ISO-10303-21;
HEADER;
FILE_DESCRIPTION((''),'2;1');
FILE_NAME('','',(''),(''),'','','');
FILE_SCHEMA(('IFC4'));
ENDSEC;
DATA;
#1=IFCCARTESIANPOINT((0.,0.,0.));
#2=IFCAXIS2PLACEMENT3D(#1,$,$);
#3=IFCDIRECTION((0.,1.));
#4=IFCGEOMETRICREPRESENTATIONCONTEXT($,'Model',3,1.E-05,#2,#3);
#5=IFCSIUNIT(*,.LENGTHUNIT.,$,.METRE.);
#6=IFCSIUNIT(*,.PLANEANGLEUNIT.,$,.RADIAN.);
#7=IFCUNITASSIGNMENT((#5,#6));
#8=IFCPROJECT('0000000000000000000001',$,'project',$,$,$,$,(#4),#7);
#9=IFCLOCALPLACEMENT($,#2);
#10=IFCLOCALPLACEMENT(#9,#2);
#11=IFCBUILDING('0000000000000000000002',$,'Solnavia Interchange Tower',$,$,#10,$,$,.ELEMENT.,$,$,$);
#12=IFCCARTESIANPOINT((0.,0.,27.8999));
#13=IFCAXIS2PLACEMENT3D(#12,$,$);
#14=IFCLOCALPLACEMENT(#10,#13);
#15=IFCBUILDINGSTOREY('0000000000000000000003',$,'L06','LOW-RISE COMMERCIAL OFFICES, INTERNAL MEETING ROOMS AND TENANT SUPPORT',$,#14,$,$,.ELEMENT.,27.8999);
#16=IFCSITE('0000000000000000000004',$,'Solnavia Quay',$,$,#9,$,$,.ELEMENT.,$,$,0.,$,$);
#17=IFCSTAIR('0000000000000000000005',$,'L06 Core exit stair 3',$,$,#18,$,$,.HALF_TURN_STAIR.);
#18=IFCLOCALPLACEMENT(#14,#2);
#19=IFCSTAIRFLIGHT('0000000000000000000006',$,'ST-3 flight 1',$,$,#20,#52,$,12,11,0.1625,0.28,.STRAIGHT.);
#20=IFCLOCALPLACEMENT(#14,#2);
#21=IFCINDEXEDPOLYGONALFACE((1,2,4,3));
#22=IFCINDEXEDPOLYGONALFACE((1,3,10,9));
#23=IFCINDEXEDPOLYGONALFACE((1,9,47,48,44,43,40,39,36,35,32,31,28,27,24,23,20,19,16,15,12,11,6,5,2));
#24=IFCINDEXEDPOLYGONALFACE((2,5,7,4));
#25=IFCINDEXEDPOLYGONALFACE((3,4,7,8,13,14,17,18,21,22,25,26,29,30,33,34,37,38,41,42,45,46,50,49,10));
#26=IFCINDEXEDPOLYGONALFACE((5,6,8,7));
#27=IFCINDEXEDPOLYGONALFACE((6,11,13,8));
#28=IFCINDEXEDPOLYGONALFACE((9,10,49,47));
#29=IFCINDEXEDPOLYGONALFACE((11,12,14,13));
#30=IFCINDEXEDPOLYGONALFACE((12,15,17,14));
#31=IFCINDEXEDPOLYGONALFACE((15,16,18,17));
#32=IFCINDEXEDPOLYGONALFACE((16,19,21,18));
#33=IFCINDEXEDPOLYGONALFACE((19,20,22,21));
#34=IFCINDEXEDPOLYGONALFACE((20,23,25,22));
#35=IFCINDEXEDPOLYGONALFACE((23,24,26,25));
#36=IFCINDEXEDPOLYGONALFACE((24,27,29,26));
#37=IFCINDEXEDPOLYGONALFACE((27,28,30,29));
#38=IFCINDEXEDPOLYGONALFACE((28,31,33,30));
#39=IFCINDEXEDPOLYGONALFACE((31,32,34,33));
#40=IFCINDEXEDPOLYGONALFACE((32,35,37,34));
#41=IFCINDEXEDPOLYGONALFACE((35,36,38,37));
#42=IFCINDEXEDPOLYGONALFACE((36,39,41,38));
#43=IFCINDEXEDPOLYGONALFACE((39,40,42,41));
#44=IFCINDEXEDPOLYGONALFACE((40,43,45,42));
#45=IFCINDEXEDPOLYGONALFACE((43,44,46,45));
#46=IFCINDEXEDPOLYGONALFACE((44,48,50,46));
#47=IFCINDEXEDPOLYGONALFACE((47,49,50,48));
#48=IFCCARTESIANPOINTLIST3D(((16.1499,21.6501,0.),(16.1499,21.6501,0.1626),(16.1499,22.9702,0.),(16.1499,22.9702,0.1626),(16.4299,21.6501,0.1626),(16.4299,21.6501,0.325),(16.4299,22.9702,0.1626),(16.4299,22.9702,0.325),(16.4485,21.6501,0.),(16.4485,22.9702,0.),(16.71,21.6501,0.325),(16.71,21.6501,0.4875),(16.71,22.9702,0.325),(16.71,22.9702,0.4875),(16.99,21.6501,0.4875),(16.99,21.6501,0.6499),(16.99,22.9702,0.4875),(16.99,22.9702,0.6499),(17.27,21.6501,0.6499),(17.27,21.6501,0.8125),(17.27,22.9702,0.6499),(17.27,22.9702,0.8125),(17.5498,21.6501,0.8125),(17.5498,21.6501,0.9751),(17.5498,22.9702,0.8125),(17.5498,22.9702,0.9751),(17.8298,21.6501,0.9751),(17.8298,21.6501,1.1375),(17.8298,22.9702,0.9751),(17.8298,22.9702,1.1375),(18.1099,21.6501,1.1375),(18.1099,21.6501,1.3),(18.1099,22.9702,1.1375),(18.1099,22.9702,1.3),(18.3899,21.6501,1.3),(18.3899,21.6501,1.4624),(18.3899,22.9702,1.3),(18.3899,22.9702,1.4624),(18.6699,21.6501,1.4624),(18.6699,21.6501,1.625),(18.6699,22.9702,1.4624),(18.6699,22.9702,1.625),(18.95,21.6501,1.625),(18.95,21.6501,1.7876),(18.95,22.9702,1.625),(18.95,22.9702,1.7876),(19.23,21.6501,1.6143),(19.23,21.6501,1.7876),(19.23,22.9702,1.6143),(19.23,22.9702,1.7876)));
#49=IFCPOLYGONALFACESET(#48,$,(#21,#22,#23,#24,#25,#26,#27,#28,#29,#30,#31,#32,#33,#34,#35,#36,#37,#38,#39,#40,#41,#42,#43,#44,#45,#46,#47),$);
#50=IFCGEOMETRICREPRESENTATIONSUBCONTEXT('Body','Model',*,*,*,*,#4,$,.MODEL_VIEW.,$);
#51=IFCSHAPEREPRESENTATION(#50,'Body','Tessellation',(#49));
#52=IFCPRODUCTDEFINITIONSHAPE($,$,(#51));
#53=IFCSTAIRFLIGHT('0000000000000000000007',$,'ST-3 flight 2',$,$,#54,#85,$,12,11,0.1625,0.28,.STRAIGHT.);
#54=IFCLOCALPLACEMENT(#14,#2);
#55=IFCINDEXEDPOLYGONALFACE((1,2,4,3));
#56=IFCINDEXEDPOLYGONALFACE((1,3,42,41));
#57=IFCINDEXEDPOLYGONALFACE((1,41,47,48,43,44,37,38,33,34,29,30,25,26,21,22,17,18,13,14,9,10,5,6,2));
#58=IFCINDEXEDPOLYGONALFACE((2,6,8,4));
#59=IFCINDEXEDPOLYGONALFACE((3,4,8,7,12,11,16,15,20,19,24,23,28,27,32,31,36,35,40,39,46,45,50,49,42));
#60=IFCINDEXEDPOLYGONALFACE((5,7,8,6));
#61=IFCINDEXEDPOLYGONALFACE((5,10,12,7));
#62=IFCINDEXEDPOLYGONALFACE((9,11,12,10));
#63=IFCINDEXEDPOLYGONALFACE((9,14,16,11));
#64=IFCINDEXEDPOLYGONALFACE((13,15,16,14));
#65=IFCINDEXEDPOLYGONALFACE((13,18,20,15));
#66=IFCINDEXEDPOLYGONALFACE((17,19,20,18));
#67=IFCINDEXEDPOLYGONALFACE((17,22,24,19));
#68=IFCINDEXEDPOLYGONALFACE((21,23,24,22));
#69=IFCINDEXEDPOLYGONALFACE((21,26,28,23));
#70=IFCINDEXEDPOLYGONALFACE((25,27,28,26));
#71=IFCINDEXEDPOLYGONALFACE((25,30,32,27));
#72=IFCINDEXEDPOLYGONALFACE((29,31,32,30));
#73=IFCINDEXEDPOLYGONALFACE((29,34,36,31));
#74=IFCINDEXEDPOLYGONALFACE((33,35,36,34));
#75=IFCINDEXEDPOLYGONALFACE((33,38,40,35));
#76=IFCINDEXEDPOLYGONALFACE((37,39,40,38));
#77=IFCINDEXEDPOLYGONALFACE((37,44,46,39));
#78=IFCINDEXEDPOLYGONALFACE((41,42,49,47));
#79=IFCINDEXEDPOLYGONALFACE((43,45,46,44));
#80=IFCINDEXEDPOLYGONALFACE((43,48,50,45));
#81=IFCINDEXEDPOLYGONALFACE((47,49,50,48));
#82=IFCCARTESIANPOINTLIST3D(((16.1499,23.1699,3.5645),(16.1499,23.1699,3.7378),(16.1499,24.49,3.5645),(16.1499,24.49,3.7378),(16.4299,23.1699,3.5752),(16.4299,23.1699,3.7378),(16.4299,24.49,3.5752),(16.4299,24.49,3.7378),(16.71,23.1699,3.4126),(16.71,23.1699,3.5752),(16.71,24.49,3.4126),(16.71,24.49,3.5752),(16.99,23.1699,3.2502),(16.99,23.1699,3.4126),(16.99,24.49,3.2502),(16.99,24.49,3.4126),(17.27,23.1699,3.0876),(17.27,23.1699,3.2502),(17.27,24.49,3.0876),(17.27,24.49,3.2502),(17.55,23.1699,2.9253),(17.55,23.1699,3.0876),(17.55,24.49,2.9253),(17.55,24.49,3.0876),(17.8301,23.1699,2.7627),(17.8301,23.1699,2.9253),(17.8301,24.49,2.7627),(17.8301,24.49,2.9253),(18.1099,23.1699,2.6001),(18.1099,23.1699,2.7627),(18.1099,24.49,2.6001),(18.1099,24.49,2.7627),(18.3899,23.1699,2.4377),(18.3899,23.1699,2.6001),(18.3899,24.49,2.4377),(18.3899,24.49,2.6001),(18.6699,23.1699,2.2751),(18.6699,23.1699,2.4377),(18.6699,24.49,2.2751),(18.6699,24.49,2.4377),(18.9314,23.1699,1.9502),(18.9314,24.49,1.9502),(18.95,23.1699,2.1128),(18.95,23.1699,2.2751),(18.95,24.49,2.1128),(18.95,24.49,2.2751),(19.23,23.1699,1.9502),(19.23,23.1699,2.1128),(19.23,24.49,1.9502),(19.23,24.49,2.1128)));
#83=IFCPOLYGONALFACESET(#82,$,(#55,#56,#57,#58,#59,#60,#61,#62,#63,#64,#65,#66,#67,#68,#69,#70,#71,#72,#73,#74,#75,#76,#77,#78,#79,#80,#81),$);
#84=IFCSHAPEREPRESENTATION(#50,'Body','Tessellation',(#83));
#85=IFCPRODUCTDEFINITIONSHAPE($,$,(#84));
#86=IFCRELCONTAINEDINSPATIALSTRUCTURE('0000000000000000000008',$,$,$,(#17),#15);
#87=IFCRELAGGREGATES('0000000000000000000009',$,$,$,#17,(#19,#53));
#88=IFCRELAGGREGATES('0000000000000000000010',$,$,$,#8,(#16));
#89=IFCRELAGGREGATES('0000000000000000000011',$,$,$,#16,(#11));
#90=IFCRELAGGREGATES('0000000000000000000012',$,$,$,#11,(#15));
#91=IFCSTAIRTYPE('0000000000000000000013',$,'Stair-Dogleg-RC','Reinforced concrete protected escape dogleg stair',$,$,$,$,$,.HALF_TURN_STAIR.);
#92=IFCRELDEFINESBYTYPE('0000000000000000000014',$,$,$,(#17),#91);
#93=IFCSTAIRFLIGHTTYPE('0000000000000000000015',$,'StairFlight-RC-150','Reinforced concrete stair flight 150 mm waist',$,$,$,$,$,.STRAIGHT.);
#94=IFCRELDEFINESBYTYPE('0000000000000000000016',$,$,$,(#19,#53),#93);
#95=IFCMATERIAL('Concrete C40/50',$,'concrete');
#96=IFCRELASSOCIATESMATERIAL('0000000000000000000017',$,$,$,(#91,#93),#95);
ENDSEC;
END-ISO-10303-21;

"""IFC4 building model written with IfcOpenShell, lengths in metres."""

from ifc_helpers import new_model, si_unit, direction, frame, origin, place, context, subcontext, project, spatial, polyline, outline, extrude, material, type_object, element, aggregate, save


model = new_model("IFC4")

# Units and contexts
model_context = context("Model", 3, precision=1e-05, world=origin(), true_north=direction((0.0, 1.0)))
body_context = subcontext(model_context, "Body", "Model", "MODEL_VIEW")
ifc_project = project(units=[si_unit("LENGTHUNIT", "METRE"), si_unit("PLANEANGLEUNIT", "RADIAN")], contexts=[model_context])

# Site, building, storey
site_placement = place(None, origin())
site = spatial("IfcSite", under=ifc_project, at=site_placement, Name="Solnavia Quay", CompositionType="ELEMENT", RefElevation=0.0)
building_placement = place(site_placement, origin())
building = spatial("IfcBuilding", under=site, at=building_placement, Name="Solnavia Interchange Tower", CompositionType="ELEMENT")
storey_placement = place(building_placement, frame((0.0, 0.0, 27.8999)))
storey = spatial("IfcBuildingStorey", under=building, at=storey_placement, Name="L06", Description="LOW-RISE COMMERCIAL OFFICES, INTERNAL MEETING ROOMS AND TENANT SUPPORT", CompositionType="ELEMENT", Elevation=27.8999)

# Shared definitions
ifc_material_1 = material(Name="Concrete C40/50", Category="concrete")

# Stair, stair flights
stair_type = type_object("IfcStairType", Name="Stair-Dogleg-RC", Description="Reinforced concrete protected escape dogleg stair", PredefinedType="HALF_TURN_STAIR", material=ifc_material_1)
stair_placement = place(storey_placement, origin())
stair = element("IfcStair", 1, at=stair_placement, inside=storey, type_object=stair_type, Name="L06 Core exit stair 3", PredefinedType="HALF_TURN_STAIR")
stair_flight_type = type_object("IfcStairFlightType", Name="StairFlight-RC-150", Description="Reinforced concrete stair flight 150 mm waist", PredefinedType="STRAIGHT", material=ifc_material_1)
stair_flight_1_placement = place(storey_placement, frame((16.1499, 22.3101, 0.0), z_axis=(0.0, 0.0, 1.0), x_axis=(1.0, 0.0, 0.0)))
stair_flight_1 = element("IfcStairFlight", 2, at=stair_flight_1_placement, type_object=stair_flight_type, Name="ST-3 flight 1", NumberOfRisers=12, NumberOfTreads=11, PredefinedType="STRAIGHT", RiserHeight=0.1625, TreadLength=0.28, context=body_context, shape_type="SweptSolid", body=[
    extrude(outline(polyline([(0.0, 0.0), (0.0, 0.1626), (0.28, 0.1626), (0.28, 0.325), (0.5601, 0.325), (0.5601, 0.4875), (0.8401, 0.4875), (0.8401, 0.6499), (1.1201, 0.6499), (1.1201, 0.8125), (1.3999, 0.8125), (1.3999, 0.9751), (1.6799, 0.9751), (1.6799, 1.1375), (1.96, 1.1375), (1.96, 1.3), (2.24, 1.3), (2.24, 1.4624), (2.52, 1.4624), (2.52, 1.625), (2.8, 1.625), (2.8, 1.7876), (3.0801, 1.7876), (3.0801, 1.95), (3.0801, 1.6143), (0.2986, 0.0), (0.0, 0.0)])), frame((0.0, 0.6602, 0.0), z_axis=(0.0, -1.0, 0.0), x_axis=(1.0, 0.0, 0.0)), (0.0, 0.0, 1.0), 1.3201),
])
stair_flight_2_placement = place(storey_placement, frame((19.23, 23.8301, 1.9502), z_axis=(0.0, 0.0, 1.0), x_axis=(-1.0, 0.0, 0.0)))
stair_flight_2 = element("IfcStairFlight", 3, at=stair_flight_2_placement, type_object=stair_flight_type, Name="ST-3 flight 2", NumberOfRisers=12, NumberOfTreads=11, PredefinedType="STRAIGHT", RiserHeight=0.1625, TreadLength=0.28, context=body_context, shape_type="SweptSolid", body=[
    extrude(outline(polyline([(0.0, 0.0), (0.0, 0.1626), (0.28, 0.1626), (0.28, 0.325), (0.5601, 0.325), (0.5601, 0.4875), (0.8401, 0.4875), (0.8401, 0.6499), (1.1201, 0.6499), (1.1201, 0.8125), (1.3999, 0.8125), (1.3999, 0.9751), (1.6799, 0.9751), (1.6799, 1.1375), (1.96, 1.1375), (1.96, 1.3), (2.24, 1.3), (2.24, 1.4624), (2.52, 1.4624), (2.52, 1.625), (2.8, 1.625), (2.8, 1.7876), (3.0801, 1.7876), (3.0801, 1.95), (3.0801, 1.6143), (0.2986, 0.0), (0.0, 0.0)])), frame((0.0, 0.6602, 0.0), z_axis=(0.0, -1.0, 0.0), x_axis=(1.0, 0.0, 0.0)), (0.0, 0.0, 1.0), 1.3201),
])
aggregate(stair, [stair_flight_1, stair_flight_2])

save(model, "model.ifc")
